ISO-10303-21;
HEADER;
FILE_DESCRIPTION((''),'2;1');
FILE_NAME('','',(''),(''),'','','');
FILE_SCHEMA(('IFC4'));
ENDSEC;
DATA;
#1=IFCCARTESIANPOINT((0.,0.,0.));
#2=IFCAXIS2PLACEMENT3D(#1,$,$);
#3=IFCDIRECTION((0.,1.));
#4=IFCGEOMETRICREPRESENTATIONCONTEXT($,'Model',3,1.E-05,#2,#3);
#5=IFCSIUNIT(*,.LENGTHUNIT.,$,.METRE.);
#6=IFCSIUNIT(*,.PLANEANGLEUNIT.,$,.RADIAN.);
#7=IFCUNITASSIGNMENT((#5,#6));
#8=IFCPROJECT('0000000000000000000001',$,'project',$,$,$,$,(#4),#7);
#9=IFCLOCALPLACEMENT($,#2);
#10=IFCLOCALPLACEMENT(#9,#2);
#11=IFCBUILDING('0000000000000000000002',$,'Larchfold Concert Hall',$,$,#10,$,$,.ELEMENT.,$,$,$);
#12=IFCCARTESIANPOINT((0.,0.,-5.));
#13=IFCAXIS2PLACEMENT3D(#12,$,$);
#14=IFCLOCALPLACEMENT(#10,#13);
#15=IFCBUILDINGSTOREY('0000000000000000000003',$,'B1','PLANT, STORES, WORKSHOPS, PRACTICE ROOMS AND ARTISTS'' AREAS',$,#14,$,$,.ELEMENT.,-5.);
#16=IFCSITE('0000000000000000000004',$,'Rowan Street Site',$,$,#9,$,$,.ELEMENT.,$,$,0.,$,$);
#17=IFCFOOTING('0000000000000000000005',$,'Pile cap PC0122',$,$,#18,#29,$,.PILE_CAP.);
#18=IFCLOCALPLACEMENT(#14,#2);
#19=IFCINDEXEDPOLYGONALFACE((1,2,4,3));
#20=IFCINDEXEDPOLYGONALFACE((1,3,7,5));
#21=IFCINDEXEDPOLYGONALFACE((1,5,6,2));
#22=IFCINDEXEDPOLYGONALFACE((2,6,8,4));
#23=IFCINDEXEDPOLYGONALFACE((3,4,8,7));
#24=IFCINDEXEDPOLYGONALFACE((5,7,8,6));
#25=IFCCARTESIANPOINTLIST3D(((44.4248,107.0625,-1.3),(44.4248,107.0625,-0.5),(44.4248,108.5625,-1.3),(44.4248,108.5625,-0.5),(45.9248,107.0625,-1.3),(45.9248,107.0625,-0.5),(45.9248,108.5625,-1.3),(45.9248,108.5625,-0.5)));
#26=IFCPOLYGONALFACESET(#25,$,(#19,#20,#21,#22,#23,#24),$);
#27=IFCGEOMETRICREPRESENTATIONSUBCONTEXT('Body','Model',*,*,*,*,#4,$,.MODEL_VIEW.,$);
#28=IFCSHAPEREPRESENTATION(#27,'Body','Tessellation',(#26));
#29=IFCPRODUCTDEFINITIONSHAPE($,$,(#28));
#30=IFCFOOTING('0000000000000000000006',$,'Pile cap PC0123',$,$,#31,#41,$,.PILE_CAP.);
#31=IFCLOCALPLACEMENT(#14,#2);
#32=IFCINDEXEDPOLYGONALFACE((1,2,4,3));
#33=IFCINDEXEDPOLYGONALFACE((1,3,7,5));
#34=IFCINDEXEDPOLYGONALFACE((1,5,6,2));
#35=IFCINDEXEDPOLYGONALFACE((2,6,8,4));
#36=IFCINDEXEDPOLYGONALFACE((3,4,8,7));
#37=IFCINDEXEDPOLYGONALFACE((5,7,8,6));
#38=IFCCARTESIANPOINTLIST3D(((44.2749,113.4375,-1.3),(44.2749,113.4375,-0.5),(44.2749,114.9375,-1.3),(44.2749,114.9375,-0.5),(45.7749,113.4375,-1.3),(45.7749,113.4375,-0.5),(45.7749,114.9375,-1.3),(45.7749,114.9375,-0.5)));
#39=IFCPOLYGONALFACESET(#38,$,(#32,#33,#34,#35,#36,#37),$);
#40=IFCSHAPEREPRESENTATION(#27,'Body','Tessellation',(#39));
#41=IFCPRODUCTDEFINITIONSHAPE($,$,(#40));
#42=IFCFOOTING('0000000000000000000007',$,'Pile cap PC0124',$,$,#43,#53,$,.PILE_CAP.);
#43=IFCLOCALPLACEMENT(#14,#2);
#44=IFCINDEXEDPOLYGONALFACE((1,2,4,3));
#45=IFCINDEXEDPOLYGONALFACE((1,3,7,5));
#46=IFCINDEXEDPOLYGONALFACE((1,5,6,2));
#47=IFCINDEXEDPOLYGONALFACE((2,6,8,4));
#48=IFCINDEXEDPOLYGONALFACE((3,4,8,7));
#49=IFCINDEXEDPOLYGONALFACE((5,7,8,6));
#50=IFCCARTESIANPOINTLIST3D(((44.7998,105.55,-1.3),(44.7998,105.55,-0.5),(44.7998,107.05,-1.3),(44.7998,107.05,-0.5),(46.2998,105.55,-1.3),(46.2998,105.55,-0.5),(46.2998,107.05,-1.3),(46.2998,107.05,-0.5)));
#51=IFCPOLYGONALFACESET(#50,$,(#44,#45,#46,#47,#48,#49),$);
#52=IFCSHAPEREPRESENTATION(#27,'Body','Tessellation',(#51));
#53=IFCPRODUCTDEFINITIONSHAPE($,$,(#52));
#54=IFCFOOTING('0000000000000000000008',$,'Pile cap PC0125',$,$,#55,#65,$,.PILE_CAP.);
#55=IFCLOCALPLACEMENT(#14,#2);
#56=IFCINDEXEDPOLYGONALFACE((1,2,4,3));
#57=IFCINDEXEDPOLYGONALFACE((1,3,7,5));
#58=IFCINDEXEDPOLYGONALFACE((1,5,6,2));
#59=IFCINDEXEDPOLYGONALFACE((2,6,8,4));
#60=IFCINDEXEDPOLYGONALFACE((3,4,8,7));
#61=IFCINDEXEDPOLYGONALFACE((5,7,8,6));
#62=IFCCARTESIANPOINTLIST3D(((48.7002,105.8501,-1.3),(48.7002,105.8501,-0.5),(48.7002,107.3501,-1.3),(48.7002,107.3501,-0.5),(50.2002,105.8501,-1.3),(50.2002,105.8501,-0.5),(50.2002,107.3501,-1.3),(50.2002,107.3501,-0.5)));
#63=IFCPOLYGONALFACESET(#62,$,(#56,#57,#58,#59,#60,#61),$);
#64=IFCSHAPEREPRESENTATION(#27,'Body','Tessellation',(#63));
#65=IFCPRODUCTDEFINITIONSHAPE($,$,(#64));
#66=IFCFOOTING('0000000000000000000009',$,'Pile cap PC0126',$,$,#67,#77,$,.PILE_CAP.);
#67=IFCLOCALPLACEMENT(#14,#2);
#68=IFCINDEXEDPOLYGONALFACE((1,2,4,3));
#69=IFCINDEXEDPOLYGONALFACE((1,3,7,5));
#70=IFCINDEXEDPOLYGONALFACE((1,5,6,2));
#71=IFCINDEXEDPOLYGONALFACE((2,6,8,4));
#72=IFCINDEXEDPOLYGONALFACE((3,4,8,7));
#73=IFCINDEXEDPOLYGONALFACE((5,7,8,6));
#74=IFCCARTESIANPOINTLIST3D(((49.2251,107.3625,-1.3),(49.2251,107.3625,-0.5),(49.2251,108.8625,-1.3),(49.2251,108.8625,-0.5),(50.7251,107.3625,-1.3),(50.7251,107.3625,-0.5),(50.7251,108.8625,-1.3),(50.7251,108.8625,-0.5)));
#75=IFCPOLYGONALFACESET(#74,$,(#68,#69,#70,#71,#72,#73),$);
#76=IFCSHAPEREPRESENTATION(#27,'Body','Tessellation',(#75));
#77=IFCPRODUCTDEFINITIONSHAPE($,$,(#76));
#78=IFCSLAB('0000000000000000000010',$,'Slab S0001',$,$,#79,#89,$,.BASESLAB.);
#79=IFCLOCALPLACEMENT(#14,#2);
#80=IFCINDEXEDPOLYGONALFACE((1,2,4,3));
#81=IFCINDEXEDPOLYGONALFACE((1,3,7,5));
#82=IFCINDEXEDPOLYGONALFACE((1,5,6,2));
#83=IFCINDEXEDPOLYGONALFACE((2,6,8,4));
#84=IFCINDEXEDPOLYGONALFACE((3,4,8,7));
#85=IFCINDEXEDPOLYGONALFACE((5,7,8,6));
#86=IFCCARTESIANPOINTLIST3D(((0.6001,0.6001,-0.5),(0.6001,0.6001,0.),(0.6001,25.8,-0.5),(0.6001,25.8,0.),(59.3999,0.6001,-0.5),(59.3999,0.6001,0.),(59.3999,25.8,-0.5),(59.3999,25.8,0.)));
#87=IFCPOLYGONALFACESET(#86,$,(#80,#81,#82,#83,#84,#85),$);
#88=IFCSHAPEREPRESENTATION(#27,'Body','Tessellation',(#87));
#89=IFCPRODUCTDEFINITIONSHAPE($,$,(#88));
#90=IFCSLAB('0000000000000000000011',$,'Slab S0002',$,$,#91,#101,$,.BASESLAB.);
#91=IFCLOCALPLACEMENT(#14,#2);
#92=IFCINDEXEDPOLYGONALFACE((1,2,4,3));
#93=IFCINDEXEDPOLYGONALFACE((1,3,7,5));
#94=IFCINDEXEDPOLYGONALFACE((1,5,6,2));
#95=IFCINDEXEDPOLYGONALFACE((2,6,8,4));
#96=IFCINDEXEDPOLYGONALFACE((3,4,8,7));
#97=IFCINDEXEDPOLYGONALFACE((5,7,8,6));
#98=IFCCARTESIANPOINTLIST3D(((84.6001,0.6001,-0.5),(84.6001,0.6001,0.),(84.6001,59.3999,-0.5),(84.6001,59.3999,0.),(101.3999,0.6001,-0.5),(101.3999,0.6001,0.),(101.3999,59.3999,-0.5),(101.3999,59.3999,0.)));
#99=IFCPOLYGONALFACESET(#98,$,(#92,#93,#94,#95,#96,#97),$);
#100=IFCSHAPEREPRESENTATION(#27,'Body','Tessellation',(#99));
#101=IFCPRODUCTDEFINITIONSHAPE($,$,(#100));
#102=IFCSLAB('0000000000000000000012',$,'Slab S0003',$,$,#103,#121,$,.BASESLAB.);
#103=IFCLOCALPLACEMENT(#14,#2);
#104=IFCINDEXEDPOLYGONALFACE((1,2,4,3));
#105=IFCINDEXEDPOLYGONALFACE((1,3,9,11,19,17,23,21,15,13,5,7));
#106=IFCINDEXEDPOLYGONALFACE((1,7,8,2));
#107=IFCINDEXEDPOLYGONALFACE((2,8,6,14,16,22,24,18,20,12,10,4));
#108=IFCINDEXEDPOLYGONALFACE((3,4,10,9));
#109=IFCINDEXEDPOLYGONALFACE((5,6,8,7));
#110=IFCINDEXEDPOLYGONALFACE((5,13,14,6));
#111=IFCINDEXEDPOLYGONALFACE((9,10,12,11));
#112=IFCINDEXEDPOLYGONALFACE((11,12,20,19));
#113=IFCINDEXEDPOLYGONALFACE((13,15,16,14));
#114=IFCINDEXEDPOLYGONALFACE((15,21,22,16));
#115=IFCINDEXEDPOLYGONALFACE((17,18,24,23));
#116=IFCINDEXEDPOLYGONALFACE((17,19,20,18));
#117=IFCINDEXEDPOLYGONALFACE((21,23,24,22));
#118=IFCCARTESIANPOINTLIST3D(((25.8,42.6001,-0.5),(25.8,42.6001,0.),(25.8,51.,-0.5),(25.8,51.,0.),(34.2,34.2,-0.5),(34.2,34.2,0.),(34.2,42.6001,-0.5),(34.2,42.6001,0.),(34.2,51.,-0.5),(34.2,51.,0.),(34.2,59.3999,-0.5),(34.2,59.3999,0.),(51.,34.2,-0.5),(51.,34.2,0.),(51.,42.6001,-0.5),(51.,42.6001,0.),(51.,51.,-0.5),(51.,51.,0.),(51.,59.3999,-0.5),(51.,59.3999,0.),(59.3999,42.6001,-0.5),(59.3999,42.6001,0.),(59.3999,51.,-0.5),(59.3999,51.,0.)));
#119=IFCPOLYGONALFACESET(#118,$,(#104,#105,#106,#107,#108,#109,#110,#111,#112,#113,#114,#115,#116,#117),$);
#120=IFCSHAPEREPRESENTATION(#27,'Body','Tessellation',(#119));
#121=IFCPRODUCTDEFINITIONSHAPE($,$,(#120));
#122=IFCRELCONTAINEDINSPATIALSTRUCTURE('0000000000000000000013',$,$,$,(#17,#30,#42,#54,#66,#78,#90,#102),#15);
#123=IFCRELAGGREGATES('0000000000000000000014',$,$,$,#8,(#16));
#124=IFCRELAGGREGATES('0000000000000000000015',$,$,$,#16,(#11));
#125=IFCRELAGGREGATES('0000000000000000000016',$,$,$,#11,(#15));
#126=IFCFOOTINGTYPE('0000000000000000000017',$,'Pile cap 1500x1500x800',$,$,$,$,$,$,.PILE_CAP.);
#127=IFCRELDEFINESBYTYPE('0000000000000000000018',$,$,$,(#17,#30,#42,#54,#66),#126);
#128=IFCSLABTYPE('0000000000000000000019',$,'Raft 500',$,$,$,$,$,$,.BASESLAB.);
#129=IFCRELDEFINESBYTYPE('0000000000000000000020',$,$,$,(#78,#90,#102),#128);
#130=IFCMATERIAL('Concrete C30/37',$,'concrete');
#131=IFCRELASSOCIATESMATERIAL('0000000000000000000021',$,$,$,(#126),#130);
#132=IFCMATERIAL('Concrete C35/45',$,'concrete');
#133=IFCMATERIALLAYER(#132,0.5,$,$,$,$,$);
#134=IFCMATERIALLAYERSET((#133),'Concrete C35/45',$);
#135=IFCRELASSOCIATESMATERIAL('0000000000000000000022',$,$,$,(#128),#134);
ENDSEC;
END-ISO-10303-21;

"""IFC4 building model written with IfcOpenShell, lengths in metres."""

from ifc_helpers import new_model, si_unit, direction, frame, origin, place, context, subcontext, project, spatial, polyline, outline, extrude, material, layer, layer_set, type_object, element, save


model = new_model("IFC4")

# Units and contexts
model_context = context("Model", 3, precision=1e-05, world=origin(), true_north=direction((0.0, 1.0)))
body_context = subcontext(model_context, "Body", "Model", "MODEL_VIEW")
ifc_project = project(units=[si_unit("LENGTHUNIT", "METRE"), si_unit("PLANEANGLEUNIT", "RADIAN")], contexts=[model_context])

# Site, building, storey
site_placement = place(None, origin())
site = spatial("IfcSite", under=ifc_project, at=site_placement, Name="Rowan Street Site", CompositionType="ELEMENT", RefElevation=0.0)
building_placement = place(site_placement, origin())
building = spatial("IfcBuilding", under=site, at=building_placement, Name="Larchfold Concert Hall", CompositionType="ELEMENT")
storey_placement = place(building_placement, frame((0.0, 0.0, -5.0)))
storey = spatial("IfcBuildingStorey", under=building, at=storey_placement, Name="B1", Description="PLANT, STORES, WORKSHOPS, PRACTICE ROOMS AND ARTISTS' AREAS", CompositionType="ELEMENT", Elevation=-5.0)

# Footings
ifc_material_1 = material(Name="Concrete C30/37", Category="concrete")
footing_type_1 = type_object("IfcFootingType", Name="Pile cap 1500x1500x800", PredefinedType="PILE_CAP", material=ifc_material_1)
footing_1_placement = place(storey_placement, frame((0.0, 0.0, -1.3)))
element("IfcFooting", 1, at=footing_1_placement, inside=storey, type_object=footing_type_1, Name="Pile cap PC0122", PredefinedType="PILE_CAP", context=body_context, shape_type="SweptSolid", body=[
    extrude(outline(polyline([(45.9248, 107.0625), (45.9248, 108.5625), (44.4248, 108.5625), (44.4248, 107.0625), (45.9248, 107.0625)])), origin(), (0.0, 0.0, 1.0), 0.8),
])
footing_2_placement = place(storey_placement, frame((0.0, 0.0, -1.3)))
element("IfcFooting", 2, at=footing_2_placement, inside=storey, type_object=footing_type_1, Name="Pile cap PC0123", PredefinedType="PILE_CAP", context=body_context, shape_type="SweptSolid", body=[
    extrude(outline(polyline([(45.7749, 113.4375), (45.7749, 114.9375), (44.2749, 114.9375), (44.2749, 113.4375), (45.7749, 113.4375)])), origin(), (0.0, 0.0, 1.0), 0.8),
])
footing_3_placement = place(storey_placement, frame((0.0, 0.0, -1.3)))
element("IfcFooting", 3, at=footing_3_placement, inside=storey, type_object=footing_type_1, Name="Pile cap PC0124", PredefinedType="PILE_CAP", context=body_context, shape_type="SweptSolid", body=[
    extrude(outline(polyline([(46.2998, 105.55), (46.2998, 107.05), (44.7998, 107.05), (44.7998, 105.55), (46.2998, 105.55)])), origin(), (0.0, 0.0, 1.0), 0.8),
])
footing_4_placement = place(storey_placement, frame((0.0, 0.0, -1.3)))
element("IfcFooting", 4, at=footing_4_placement, inside=storey, type_object=footing_type_1, Name="Pile cap PC0125", PredefinedType="PILE_CAP", context=body_context, shape_type="SweptSolid", body=[
    extrude(outline(polyline([(50.2002, 105.8501), (50.2002, 107.3501), (48.7002, 107.3501), (48.7002, 105.8501), (50.2002, 105.8501)])), origin(), (0.0, 0.0, 1.0), 0.8),
])
footing_5_placement = place(storey_placement, frame((0.0, 0.0, -1.3)))
element("IfcFooting", 5, at=footing_5_placement, inside=storey, type_object=footing_type_1, Name="Pile cap PC0126", PredefinedType="PILE_CAP", context=body_context, shape_type="SweptSolid", body=[
    extrude(outline(polyline([(50.7251, 107.3625), (50.7251, 108.8625), (49.2251, 108.8625), (49.2251, 107.3625), (50.7251, 107.3625)])), origin(), (0.0, 0.0, 1.0), 0.8),
])

# Slabs
ifc_material_2 = material(Name="Concrete C35/45", Category="concrete")
ifc_layer_1 = layer(ifc_material_2, 0.5)
ifc_layer_set_1 = layer_set([ifc_layer_1], Name="Concrete C35/45")
slab_type_1 = type_object("IfcSlabType", Name="Raft 500", PredefinedType="BASESLAB", material=ifc_layer_set_1)
slab_1_placement = place(storey_placement, frame((0.0, 0.0, -0.5)))
element("IfcSlab", 6, at=slab_1_placement, inside=storey, type_object=slab_type_1, Name="Slab S0001", PredefinedType="BASESLAB", context=body_context, shape_type="SweptSolid", body=[
    extrude(outline(polyline([(59.3999, 0.6001), (59.3999, 25.8), (0.6001, 25.8), (0.6001, 0.6001), (59.3999, 0.6001)])), origin(), (0.0, 0.0, 1.0), 0.5),
])
slab_2_placement = place(storey_placement, frame((0.0, 0.0, -0.5)))
element("IfcSlab", 7, at=slab_2_placement, inside=storey, type_object=slab_type_1, Name="Slab S0002", PredefinedType="BASESLAB", context=body_context, shape_type="SweptSolid", body=[
    extrude(outline(polyline([(101.3999, 0.6001), (101.3999, 59.3999), (84.6001, 59.3999), (84.6001, 0.6001), (101.3999, 0.6001)])), origin(), (0.0, 0.0, 1.0), 0.5),
])
slab_3_placement = place(storey_placement, frame((0.0, 0.0, -0.5)))
element("IfcSlab", 8, at=slab_3_placement, inside=storey, type_object=slab_type_1, Name="Slab S0003", PredefinedType="BASESLAB", context=body_context, shape_type="SweptSolid", body=[
    extrude(outline(polyline([(51.0, 42.6001), (59.3999, 42.6001), (59.3999, 51.0), (51.0, 51.0), (51.0, 59.3999), (34.2, 59.3999), (34.2, 51.0), (25.8, 51.0), (25.8, 42.6001), (34.2, 42.6001), (34.2, 34.2), (51.0, 34.2), (51.0, 42.6001)])), origin(), (0.0, 0.0, 1.0), 0.5),
])

save(model, "model.ifc")
